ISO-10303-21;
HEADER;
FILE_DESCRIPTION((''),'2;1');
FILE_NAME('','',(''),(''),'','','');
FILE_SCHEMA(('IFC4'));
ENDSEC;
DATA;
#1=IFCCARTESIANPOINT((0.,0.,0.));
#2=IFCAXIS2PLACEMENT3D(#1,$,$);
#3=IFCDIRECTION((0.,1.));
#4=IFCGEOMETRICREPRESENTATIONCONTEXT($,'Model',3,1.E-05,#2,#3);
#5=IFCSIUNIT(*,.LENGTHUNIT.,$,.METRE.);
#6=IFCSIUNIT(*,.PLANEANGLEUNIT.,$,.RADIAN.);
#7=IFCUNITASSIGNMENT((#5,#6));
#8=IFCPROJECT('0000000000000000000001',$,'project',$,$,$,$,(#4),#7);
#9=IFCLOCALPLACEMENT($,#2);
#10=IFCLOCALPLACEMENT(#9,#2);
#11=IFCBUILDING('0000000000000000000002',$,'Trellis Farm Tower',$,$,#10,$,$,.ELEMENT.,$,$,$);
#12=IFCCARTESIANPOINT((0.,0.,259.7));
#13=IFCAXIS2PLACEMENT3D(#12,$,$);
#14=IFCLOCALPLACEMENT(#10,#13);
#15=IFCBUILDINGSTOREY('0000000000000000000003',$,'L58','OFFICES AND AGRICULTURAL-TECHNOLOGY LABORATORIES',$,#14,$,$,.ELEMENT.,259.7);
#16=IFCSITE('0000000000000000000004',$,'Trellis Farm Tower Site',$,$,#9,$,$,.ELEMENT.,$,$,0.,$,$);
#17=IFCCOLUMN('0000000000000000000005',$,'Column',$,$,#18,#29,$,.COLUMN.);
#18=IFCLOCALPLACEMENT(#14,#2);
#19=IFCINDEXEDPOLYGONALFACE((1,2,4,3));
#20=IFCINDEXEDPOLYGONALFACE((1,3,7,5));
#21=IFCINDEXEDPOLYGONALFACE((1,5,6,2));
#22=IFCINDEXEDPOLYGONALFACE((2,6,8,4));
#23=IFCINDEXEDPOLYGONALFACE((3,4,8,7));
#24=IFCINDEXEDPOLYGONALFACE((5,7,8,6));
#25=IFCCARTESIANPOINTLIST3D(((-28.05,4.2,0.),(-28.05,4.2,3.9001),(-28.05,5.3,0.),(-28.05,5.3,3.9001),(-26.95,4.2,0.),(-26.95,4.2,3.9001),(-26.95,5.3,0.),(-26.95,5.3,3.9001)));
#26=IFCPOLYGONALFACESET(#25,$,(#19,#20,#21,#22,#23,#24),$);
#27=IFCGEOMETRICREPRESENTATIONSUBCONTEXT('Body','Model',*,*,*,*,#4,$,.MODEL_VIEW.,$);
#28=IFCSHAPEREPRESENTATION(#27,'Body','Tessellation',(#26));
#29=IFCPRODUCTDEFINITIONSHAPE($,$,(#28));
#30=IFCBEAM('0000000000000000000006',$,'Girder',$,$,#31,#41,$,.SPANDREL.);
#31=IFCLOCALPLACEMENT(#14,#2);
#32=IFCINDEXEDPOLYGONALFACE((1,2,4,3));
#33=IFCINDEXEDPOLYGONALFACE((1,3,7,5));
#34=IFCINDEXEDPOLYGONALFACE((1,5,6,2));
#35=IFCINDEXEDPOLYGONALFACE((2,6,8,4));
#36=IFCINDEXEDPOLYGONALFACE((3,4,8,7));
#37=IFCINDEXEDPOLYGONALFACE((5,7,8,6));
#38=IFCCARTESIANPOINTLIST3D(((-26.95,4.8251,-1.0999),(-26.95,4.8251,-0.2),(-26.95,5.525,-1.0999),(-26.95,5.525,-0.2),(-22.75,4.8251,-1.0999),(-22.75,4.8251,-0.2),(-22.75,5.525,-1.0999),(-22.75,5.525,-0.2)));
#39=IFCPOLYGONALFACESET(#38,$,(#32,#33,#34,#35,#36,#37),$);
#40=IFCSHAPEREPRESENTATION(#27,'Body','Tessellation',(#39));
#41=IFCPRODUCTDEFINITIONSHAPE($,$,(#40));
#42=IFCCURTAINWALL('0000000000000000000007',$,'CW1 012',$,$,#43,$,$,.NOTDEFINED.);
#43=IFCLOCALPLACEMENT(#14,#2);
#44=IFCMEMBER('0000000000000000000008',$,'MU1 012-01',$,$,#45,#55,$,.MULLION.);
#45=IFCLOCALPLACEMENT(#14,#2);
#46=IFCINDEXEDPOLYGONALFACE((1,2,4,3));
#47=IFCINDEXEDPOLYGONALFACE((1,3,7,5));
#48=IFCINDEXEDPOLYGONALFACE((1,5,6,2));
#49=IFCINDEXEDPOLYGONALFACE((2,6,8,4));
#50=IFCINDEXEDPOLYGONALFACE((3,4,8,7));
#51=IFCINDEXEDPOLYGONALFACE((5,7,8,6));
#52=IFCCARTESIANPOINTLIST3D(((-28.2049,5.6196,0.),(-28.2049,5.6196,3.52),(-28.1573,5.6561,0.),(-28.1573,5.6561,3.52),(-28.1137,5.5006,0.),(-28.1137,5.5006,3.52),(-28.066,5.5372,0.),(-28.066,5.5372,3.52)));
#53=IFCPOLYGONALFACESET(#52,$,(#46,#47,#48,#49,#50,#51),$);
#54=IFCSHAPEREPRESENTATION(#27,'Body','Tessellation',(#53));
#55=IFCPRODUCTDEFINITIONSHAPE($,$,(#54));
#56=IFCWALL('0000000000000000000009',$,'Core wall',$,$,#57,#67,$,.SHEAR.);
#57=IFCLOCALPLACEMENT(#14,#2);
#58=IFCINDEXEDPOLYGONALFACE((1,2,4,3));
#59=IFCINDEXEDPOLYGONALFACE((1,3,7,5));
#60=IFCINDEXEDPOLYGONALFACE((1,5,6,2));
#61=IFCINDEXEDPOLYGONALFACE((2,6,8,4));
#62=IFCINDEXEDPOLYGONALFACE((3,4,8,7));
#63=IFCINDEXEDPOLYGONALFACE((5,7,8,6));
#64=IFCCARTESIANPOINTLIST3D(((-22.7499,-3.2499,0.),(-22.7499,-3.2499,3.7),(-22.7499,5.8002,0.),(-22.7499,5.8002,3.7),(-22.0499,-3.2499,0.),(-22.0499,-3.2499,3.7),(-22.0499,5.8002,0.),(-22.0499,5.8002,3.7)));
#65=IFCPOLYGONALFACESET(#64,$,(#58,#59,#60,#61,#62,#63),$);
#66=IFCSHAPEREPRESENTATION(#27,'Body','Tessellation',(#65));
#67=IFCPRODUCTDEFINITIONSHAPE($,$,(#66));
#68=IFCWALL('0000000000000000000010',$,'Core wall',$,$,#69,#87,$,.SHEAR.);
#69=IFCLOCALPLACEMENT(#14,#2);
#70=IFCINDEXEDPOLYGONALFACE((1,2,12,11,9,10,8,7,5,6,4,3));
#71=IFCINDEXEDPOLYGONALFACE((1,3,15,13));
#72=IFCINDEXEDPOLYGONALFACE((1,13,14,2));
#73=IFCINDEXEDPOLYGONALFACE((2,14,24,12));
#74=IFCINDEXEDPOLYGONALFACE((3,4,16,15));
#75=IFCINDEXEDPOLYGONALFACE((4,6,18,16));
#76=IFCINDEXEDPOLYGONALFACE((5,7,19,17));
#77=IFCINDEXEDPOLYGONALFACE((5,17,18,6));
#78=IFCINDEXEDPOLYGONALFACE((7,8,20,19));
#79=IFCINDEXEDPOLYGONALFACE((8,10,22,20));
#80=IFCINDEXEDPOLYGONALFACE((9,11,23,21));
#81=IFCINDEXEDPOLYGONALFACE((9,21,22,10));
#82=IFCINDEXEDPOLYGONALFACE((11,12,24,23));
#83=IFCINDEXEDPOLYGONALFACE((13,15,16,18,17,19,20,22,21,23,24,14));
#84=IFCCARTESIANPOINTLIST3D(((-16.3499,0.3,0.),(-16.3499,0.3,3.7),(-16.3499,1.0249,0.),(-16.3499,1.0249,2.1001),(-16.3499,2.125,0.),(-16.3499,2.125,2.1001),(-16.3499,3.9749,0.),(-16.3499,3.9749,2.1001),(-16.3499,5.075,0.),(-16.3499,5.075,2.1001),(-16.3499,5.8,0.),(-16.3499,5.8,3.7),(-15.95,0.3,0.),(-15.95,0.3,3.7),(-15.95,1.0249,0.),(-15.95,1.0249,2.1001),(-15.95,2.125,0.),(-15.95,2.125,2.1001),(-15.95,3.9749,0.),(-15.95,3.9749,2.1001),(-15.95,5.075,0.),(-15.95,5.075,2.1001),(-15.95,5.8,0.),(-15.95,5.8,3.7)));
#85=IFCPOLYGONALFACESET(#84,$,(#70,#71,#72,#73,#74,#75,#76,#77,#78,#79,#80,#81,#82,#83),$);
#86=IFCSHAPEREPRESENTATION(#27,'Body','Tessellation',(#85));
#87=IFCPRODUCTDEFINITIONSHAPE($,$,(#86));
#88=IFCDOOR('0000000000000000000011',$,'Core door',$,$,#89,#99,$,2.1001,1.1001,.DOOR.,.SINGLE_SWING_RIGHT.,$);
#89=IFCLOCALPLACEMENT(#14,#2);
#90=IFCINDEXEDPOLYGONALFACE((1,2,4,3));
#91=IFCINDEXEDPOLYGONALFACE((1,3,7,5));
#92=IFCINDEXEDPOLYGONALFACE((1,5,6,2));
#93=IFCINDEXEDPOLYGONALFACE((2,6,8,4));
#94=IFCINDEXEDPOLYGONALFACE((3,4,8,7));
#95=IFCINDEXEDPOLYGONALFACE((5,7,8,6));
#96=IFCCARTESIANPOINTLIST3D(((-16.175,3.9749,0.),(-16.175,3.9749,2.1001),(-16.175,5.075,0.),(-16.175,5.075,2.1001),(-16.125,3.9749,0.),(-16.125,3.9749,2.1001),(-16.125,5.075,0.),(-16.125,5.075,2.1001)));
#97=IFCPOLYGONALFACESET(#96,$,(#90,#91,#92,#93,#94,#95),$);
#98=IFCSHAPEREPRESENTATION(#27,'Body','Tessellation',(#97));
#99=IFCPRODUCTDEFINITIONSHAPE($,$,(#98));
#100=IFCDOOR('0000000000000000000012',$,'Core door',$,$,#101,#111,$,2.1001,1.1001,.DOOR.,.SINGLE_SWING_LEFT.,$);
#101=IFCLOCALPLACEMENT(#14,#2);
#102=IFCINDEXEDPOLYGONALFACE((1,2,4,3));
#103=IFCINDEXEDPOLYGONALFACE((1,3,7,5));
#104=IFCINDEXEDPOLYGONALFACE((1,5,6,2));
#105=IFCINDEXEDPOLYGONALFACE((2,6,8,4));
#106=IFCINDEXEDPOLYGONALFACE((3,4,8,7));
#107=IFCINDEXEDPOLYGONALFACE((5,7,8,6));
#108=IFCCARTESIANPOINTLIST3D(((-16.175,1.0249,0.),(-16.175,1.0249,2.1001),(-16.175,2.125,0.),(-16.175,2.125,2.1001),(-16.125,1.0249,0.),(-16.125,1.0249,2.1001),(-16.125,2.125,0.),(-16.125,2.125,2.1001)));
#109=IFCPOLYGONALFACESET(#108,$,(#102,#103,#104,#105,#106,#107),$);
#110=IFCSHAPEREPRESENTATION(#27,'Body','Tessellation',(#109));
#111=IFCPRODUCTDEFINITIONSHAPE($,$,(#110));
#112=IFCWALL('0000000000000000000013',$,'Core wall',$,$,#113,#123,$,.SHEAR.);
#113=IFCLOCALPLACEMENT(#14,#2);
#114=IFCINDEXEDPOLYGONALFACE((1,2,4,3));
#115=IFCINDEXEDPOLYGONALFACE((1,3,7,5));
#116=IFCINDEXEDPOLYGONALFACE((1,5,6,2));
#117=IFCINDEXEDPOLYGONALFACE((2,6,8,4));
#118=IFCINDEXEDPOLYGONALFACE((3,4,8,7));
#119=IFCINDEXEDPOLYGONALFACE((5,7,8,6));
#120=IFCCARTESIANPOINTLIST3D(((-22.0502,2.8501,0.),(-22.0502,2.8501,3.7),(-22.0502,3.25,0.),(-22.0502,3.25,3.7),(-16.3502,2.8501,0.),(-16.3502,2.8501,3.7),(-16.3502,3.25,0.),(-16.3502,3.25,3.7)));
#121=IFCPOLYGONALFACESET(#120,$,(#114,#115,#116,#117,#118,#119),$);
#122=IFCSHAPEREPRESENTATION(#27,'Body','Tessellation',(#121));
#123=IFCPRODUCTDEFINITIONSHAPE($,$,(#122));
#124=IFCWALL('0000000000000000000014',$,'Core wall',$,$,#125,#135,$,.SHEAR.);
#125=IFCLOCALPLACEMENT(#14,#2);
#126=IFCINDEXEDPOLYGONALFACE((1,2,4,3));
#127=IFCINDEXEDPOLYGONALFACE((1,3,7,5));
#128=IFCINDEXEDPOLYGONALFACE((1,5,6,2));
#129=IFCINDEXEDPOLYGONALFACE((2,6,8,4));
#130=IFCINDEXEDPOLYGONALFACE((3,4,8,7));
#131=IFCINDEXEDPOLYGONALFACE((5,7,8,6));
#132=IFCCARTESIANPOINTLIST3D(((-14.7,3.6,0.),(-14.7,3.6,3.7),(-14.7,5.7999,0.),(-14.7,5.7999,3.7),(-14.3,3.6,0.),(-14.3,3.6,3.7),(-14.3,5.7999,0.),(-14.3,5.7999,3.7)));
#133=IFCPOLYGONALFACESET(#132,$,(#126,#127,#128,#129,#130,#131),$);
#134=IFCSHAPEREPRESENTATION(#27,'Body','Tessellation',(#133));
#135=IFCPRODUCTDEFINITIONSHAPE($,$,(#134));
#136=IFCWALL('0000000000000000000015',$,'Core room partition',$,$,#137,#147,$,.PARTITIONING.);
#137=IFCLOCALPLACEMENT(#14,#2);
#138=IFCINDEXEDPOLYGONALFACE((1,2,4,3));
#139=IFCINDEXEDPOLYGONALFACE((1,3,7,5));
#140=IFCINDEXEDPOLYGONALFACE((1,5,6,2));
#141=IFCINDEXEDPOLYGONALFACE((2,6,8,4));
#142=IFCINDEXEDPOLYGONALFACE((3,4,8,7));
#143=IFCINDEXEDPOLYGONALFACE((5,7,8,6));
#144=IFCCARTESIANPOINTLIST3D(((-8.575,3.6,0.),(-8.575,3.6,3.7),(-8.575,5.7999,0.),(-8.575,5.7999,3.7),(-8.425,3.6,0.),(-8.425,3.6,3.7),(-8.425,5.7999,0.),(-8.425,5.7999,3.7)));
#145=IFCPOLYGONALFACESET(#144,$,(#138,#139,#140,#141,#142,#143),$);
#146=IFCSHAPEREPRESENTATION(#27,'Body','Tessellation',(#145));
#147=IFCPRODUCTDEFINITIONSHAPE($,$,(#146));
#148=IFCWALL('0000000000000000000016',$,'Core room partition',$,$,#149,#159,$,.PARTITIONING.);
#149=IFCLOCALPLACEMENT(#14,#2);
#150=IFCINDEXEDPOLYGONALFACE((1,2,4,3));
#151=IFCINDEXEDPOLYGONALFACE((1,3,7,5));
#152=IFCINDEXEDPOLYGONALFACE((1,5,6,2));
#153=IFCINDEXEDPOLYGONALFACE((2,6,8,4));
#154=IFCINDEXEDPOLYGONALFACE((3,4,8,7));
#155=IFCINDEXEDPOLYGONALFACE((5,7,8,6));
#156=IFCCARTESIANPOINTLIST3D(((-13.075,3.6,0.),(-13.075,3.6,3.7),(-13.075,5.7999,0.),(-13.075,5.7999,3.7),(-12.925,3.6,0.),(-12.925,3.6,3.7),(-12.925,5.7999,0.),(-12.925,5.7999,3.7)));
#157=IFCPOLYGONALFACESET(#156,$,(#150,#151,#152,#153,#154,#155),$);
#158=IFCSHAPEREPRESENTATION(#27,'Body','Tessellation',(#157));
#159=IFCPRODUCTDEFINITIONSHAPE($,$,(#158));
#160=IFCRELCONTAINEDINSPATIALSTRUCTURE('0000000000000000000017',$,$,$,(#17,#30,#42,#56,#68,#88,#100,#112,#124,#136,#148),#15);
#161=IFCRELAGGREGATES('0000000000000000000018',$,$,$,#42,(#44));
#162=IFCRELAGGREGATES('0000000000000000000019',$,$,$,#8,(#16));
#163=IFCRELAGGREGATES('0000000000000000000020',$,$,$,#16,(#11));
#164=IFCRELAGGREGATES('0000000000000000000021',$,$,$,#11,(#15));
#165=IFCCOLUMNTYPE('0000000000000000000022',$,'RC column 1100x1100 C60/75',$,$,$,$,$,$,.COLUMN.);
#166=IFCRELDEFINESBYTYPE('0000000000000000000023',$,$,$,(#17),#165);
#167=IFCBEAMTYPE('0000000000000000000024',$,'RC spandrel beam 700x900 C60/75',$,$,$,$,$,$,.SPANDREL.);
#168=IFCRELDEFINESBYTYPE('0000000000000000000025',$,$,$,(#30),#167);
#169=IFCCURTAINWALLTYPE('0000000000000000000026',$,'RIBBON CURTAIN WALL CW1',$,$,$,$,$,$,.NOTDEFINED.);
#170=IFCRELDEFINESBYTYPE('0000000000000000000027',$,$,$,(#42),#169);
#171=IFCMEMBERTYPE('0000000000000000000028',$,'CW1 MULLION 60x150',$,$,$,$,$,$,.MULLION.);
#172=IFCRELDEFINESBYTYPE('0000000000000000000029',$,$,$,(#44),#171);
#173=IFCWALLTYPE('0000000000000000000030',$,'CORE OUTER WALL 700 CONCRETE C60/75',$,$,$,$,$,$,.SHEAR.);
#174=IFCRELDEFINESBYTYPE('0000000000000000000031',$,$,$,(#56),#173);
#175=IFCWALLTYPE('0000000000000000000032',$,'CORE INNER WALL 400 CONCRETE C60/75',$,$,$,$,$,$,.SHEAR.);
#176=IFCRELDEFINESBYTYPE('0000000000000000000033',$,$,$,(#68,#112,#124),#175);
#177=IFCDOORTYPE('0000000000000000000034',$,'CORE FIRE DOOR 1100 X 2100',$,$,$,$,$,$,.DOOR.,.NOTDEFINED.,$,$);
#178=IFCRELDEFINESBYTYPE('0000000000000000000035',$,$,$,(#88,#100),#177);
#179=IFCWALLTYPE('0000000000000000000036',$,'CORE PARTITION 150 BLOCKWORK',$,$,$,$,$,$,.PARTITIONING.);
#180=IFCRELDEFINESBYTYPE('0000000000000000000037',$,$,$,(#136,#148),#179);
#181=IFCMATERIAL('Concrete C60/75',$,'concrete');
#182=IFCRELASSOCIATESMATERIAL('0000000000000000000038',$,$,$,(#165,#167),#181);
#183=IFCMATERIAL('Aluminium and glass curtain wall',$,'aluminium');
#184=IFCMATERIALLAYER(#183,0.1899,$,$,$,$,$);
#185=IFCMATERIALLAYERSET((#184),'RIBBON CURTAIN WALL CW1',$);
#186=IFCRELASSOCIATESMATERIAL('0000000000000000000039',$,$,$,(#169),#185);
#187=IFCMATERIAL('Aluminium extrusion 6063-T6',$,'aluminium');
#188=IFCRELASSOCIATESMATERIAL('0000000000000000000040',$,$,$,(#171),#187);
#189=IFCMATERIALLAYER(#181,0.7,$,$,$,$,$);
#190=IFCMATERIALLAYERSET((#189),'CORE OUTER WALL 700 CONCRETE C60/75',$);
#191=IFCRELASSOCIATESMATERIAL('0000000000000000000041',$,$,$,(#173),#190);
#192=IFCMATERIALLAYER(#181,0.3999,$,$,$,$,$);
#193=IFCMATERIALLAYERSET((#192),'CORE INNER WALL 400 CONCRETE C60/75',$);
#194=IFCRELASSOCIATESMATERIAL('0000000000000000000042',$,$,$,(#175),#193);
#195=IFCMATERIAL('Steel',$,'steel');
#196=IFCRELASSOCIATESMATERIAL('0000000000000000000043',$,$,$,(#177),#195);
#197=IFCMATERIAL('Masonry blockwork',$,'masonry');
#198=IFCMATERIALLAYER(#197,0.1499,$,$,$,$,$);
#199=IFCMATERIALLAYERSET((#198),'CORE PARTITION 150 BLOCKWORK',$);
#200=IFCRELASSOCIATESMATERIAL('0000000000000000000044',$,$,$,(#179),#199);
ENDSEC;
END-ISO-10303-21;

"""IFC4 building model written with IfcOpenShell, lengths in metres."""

from ifc_helpers import new_model, si_unit, direction, frame, frame_2d, origin, origin_2d, place, context, subcontext, project, spatial, rectangle, extrude, source, transform, mapped, material, layer, layer_set, material_profile, profile_set, type_object, element, fill, aggregate, save


model = new_model("IFC4")

# Units and contexts
model_context = context("Model", 3, precision=1e-05, world=origin(), true_north=direction((0.0, 1.0)))
body_context = subcontext(model_context, "Body", "Model", "MODEL_VIEW")
ifc_project = project(units=[si_unit("LENGTHUNIT", "METRE"), si_unit("PLANEANGLEUNIT", "RADIAN")], contexts=[model_context])

# Site, building, storey
site_placement = place(None, origin())
site = spatial("IfcSite", under=ifc_project, at=site_placement, Name="Trellis Farm Tower Site", CompositionType="ELEMENT", RefElevation=0.0)
building_placement = place(site_placement, origin())
building = spatial("IfcBuilding", under=site, at=building_placement, Name="Trellis Farm Tower", CompositionType="ELEMENT")
storey_placement = place(building_placement, frame((0.0, 0.0, 259.7)))
storey = spatial("IfcBuildingStorey", under=building, at=storey_placement, Name="L58", Description="OFFICES AND AGRICULTURAL-TECHNOLOGY LABORATORIES", CompositionType="ELEMENT", Elevation=259.7)

# Column
ifc_material_1 = material(Name="Concrete C60/75", Category="concrete")
ifc_material_profile_1 = material_profile(ifc_material_1, rectangle(XDim=1.1001, YDim=1.1001, at=origin_2d()), Name="RC column 1100x1100 C60/75")
ifc_profile_set_1 = profile_set([ifc_material_profile_1], Name="Concrete C60/75")
column_type = type_object("IfcColumnType", Name="RC column 1100x1100 C60/75", PredefinedType="COLUMN", material=ifc_profile_set_1)
shared_shape_1 = source(origin(), body_context, "Body", "SweptSolid", [
    extrude(rectangle(XDim=1.1001, YDim=1.1001, at=origin_2d()), origin(), (0.0, 0.0, 1.0), 3.9001),
])
column_placement = place(storey_placement, frame((-27.5, 4.75, 0.0), z_axis=(0.0, 0.0, 1.0), x_axis=(1.0, 0.0, 0.0)))
element("IfcColumn", 1, at=column_placement, inside=storey, type_object=column_type, Name="Column", PredefinedType="COLUMN", context=body_context, shape_type="MappedRepresentation", body=[
    mapped(shared_shape_1, transform((0.0, 0.0, 0.0))),
])

# Beam
ifc_material_profile_2 = material_profile(ifc_material_1, rectangle(XDim=0.7, YDim=0.8999, at=origin_2d()), Name="RC spandrel beam 700x900 C60/75")
ifc_profile_set_2 = profile_set([ifc_material_profile_2], Name="Concrete C60/75")
beam_type = type_object("IfcBeamType", Name="RC spandrel beam 700x900 C60/75", PredefinedType="SPANDREL", material=ifc_profile_set_2)
shared_shape_2 = source(origin(), body_context, "Body", "SweptSolid", [
    extrude(rectangle(XDim=0.7, YDim=0.8999, at=origin_2d()), origin(), (0.0, 0.0, 1.0), 4.2),
])
beam_placement = place(storey_placement, frame((-26.95, 5.175, -0.6499), z_axis=(1.0, 0.0, 0.0), x_axis=(0.0, 1.0, 0.0)))
element("IfcBeam", 2, at=beam_placement, inside=storey, type_object=beam_type, Name="Girder", PredefinedType="SPANDREL", context=body_context, shape_type="MappedRepresentation", body=[
    mapped(shared_shape_2, transform((0.0, 0.0, 0.0))),
])

# Curtain wall, member
ifc_material_2 = material(Name="Aluminium and glass curtain wall", Category="aluminium")
ifc_layer_1 = layer(ifc_material_2, 0.1899)
ifc_layer_set_1 = layer_set([ifc_layer_1], Name="RIBBON CURTAIN WALL CW1")
curtain_wall_type = type_object("IfcCurtainWallType", Name="RIBBON CURTAIN WALL CW1", PredefinedType="NOTDEFINED", material=ifc_layer_set_1)
placement = place(storey_placement, origin())
curtain_wall = element("IfcCurtainWall", 3, at=placement, inside=storey, type_object=curtain_wall_type, Name="CW1 012", PredefinedType="NOTDEFINED")
ifc_material_3 = material(Name="Aluminium extrusion 6063-T6", Category="aluminium")
ifc_material_profile_3 = material_profile(ifc_material_3, rectangle(XDim=0.0601, YDim=0.1499, at=origin_2d()), Name="MULLION 60x150")
ifc_profile_set_3 = profile_set([ifc_material_profile_3], Name="Aluminium extrusion 6063-T6")
member_type = type_object("IfcMemberType", Name="CW1 MULLION 60x150", PredefinedType="MULLION", material=ifc_profile_set_3)
shared_shape_3 = source(origin(), body_context, "Body", "SweptSolid", [
    extrude(rectangle(XDim=0.0601, YDim=0.1499, at=origin_2d()), origin(), (0.0, 0.0, 1.0), 3.52),
])
member_placement = place(storey_placement, frame((-28.1355, 5.5784, 0.0), z_axis=(0.0, 0.0, 1.0), x_axis=(-0.793353, -0.608761, 0.0)))
member = element("IfcMember", 4, at=member_placement, type_object=member_type, Name="MU1 012-01", PredefinedType="MULLION", context=body_context, shape_type="MappedRepresentation", body=[
    mapped(shared_shape_3, transform((0.0, 0.0, 0.0))),
])
aggregate(curtain_wall, [member])

# Wall
ifc_layer_2 = layer(ifc_material_1, 0.7)
ifc_layer_set_2 = layer_set([ifc_layer_2], Name="CORE OUTER WALL 700 CONCRETE C60/75")
wall_type_1 = type_object("IfcWallType", Name="CORE OUTER WALL 700 CONCRETE C60/75", PredefinedType="SHEAR", material=ifc_layer_set_2)
shared_shape_4 = source(origin(), body_context, "Body", "SweptSolid", [
    extrude(rectangle(XDim=9.05, YDim=0.7, at=frame_2d((4.5249, 0.0))), origin(), (0.0, 0.0, 1.0), 3.7),
])
wall_1_placement = place(storey_placement, frame((-22.3999, 5.8, 0.0), z_axis=(0.0, 0.0, 1.0), x_axis=(0.0, -1.0, 0.0)))
element("IfcWall", 5, at=wall_1_placement, inside=storey, type_object=wall_type_1, Name="Core wall", PredefinedType="SHEAR", context=body_context, shape_type="MappedRepresentation", body=[
    mapped(shared_shape_4, transform((0.0, 0.0, 0.0))),
])

# Wall, openings, doors
ifc_layer_3 = layer(ifc_material_1, 0.3999)
ifc_layer_set_3 = layer_set([ifc_layer_3], Name="CORE INNER WALL 400 CONCRETE C60/75")
wall_type_2 = type_object("IfcWallType", Name="CORE INNER WALL 400 CONCRETE C60/75", PredefinedType="SHEAR", material=ifc_layer_set_3)
shared_shape_5 = source(origin(), body_context, "Body", "SweptSolid", [
    extrude(rectangle(XDim=5.5, YDim=0.3999, at=frame_2d((2.75, 0.0))), origin(), (0.0, 0.0, 1.0), 3.7),
])
wall_2_placement = place(storey_placement, frame((-16.1499, 5.8, 0.0), z_axis=(0.0, 0.0, 1.0), x_axis=(0.0, -1.0, 0.0)))
wall_2 = element("IfcWall", 6, at=wall_2_placement, inside=storey, type_object=wall_type_2, Name="Core wall", PredefinedType="SHEAR", context=body_context, shape_type="MappedRepresentation", body=[
    mapped(shared_shape_5, transform((0.0, 0.0, 0.0))),
])
shared_shape_6 = source(origin(), body_context, "Body", "SweptSolid", [
    extrude(rectangle(XDim=1.1001, YDim=2.1001, at=frame_2d((0.55, 1.05))), frame((0.0, 0.21, 0.0), z_axis=(0.0, -1.0, 0.0), x_axis=(1.0, 0.0, 0.0)), (0.0, 0.0, 1.0), 0.4199),
])
opening_1_placement = place(wall_2_placement, frame((0.7251, 0.0, 0.0)))
opening_1 = element("IfcOpeningElement", 7, at=opening_1_placement, cuts=wall_2, PredefinedType="OPENING", context=body_context, shape_type="MappedRepresentation", body=[
    mapped(shared_shape_6, transform((0.0, 0.0, 0.0))),
])
opening_2_placement = place(wall_2_placement, frame((3.675, 0.0, 0.0)))
opening_2 = element("IfcOpeningElement", 8, at=opening_2_placement, cuts=wall_2, PredefinedType="OPENING", context=body_context, shape_type="MappedRepresentation", body=[
    mapped(shared_shape_6, transform((0.0, 0.0, 0.0))),
])
ifc_material_4 = material(Name="Steel", Category="steel")
door_type = type_object("IfcDoorType", Name="CORE FIRE DOOR 1100 X 2100", OperationType="NOTDEFINED", PredefinedType="DOOR", material=ifc_material_4)
shared_shape_7 = source(origin(), body_context, "Body", "SweptSolid", [
    extrude(rectangle(XDim=1.1001, YDim=2.1001, at=frame_2d((0.55, 1.05))), frame((0.0, 0.0249, 0.0), z_axis=(0.0, -1.0, 0.0), x_axis=(1.0, 0.0, 0.0)), (0.0, 0.0, 1.0), 0.05),
])
door_1_placement = place(opening_1_placement, origin())
door_1 = element("IfcDoor", 9, at=door_1_placement, inside=storey, type_object=door_type, Name="Core door", OperationType="SINGLE_SWING_RIGHT", OverallHeight=2.1001, OverallWidth=1.1001, PredefinedType="DOOR", context=body_context, shape_type="MappedRepresentation", body=[
    mapped(shared_shape_7, transform((0.0, 0.0, 0.0))),
])
fill(opening_1, door_1)
door_2_placement = place(opening_2_placement, origin())
door_2 = element("IfcDoor", 10, at=door_2_placement, inside=storey, type_object=door_type, Name="Core door", OperationType="SINGLE_SWING_LEFT", OverallHeight=2.1001, OverallWidth=1.1001, PredefinedType="DOOR", context=body_context, shape_type="MappedRepresentation", body=[
    mapped(shared_shape_7, transform((0.0, 0.0, 0.0))),
])
fill(opening_2, door_2)

# Walls
shared_shape_8 = source(origin(), body_context, "Body", "SweptSolid", [
    extrude(rectangle(XDim=5.7, YDim=0.3999, at=frame_2d((2.8501, 0.0))), origin(), (0.0, 0.0, 1.0), 3.7),
])
wall_3_placement = place(storey_placement, frame((-16.3501, 3.05, 0.0), z_axis=(0.0, 0.0, 1.0), x_axis=(-1.0, 0.0, 0.0)))
element("IfcWall", 11, at=wall_3_placement, inside=storey, type_object=wall_type_2, Name="Core wall", PredefinedType="SHEAR", context=body_context, shape_type="MappedRepresentation", body=[
    mapped(shared_shape_8, transform((0.0, 0.0, 0.0))),
])
shared_shape_9 = source(origin(), body_context, "Body", "SweptSolid", [
    extrude(rectangle(XDim=2.2, YDim=0.3999, at=frame_2d((1.1001, 0.0))), origin(), (0.0, 0.0, 1.0), 3.7),
])
wall_4_placement = place(storey_placement, frame((-14.5, 5.8, 0.0), z_axis=(0.0, 0.0, 1.0), x_axis=(0.0, -1.0, 0.0)))
element("IfcWall", 12, at=wall_4_placement, inside=storey, type_object=wall_type_2, Name="Core wall", PredefinedType="SHEAR", context=body_context, shape_type="MappedRepresentation", body=[
    mapped(shared_shape_9, transform((0.0, 0.0, 0.0))),
])
ifc_material_5 = material(Name="Masonry blockwork", Category="masonry")
ifc_layer_4 = layer(ifc_material_5, 0.1499)
ifc_layer_set_4 = layer_set([ifc_layer_4], Name="CORE PARTITION 150 BLOCKWORK")
wall_type_3 = type_object("IfcWallType", Name="CORE PARTITION 150 BLOCKWORK", PredefinedType="PARTITIONING", material=ifc_layer_set_4)
shared_shape_10 = source(origin(), body_context, "Body", "SweptSolid", [
    extrude(rectangle(XDim=2.2, YDim=0.1499, at=frame_2d((1.1001, 0.0))), origin(), (0.0, 0.0, 1.0), 3.7),
])
for number, where, z_axis, x_axis, name in (
    (13, (-8.5, 5.8, 0.0), (0.0, 0.0, 1.0), (0.0, -1.0, 0.0), "Core room partition"),
    (14, (-13.0, 5.8, 0.0), (0.0, 0.0, 1.0), (0.0, -1.0, 0.0), "Core room partition"),
):
    element("IfcWall", number, at=place(storey_placement, frame(where, z_axis=z_axis, x_axis=x_axis)), inside=storey, type_object=wall_type_3, Name=name, PredefinedType="PARTITIONING", context=body_context, shape_type="MappedRepresentation", body=[
        mapped(shared_shape_10, transform((0.0, 0.0, 0.0))),
    ])

save(model, "model.ifc")
